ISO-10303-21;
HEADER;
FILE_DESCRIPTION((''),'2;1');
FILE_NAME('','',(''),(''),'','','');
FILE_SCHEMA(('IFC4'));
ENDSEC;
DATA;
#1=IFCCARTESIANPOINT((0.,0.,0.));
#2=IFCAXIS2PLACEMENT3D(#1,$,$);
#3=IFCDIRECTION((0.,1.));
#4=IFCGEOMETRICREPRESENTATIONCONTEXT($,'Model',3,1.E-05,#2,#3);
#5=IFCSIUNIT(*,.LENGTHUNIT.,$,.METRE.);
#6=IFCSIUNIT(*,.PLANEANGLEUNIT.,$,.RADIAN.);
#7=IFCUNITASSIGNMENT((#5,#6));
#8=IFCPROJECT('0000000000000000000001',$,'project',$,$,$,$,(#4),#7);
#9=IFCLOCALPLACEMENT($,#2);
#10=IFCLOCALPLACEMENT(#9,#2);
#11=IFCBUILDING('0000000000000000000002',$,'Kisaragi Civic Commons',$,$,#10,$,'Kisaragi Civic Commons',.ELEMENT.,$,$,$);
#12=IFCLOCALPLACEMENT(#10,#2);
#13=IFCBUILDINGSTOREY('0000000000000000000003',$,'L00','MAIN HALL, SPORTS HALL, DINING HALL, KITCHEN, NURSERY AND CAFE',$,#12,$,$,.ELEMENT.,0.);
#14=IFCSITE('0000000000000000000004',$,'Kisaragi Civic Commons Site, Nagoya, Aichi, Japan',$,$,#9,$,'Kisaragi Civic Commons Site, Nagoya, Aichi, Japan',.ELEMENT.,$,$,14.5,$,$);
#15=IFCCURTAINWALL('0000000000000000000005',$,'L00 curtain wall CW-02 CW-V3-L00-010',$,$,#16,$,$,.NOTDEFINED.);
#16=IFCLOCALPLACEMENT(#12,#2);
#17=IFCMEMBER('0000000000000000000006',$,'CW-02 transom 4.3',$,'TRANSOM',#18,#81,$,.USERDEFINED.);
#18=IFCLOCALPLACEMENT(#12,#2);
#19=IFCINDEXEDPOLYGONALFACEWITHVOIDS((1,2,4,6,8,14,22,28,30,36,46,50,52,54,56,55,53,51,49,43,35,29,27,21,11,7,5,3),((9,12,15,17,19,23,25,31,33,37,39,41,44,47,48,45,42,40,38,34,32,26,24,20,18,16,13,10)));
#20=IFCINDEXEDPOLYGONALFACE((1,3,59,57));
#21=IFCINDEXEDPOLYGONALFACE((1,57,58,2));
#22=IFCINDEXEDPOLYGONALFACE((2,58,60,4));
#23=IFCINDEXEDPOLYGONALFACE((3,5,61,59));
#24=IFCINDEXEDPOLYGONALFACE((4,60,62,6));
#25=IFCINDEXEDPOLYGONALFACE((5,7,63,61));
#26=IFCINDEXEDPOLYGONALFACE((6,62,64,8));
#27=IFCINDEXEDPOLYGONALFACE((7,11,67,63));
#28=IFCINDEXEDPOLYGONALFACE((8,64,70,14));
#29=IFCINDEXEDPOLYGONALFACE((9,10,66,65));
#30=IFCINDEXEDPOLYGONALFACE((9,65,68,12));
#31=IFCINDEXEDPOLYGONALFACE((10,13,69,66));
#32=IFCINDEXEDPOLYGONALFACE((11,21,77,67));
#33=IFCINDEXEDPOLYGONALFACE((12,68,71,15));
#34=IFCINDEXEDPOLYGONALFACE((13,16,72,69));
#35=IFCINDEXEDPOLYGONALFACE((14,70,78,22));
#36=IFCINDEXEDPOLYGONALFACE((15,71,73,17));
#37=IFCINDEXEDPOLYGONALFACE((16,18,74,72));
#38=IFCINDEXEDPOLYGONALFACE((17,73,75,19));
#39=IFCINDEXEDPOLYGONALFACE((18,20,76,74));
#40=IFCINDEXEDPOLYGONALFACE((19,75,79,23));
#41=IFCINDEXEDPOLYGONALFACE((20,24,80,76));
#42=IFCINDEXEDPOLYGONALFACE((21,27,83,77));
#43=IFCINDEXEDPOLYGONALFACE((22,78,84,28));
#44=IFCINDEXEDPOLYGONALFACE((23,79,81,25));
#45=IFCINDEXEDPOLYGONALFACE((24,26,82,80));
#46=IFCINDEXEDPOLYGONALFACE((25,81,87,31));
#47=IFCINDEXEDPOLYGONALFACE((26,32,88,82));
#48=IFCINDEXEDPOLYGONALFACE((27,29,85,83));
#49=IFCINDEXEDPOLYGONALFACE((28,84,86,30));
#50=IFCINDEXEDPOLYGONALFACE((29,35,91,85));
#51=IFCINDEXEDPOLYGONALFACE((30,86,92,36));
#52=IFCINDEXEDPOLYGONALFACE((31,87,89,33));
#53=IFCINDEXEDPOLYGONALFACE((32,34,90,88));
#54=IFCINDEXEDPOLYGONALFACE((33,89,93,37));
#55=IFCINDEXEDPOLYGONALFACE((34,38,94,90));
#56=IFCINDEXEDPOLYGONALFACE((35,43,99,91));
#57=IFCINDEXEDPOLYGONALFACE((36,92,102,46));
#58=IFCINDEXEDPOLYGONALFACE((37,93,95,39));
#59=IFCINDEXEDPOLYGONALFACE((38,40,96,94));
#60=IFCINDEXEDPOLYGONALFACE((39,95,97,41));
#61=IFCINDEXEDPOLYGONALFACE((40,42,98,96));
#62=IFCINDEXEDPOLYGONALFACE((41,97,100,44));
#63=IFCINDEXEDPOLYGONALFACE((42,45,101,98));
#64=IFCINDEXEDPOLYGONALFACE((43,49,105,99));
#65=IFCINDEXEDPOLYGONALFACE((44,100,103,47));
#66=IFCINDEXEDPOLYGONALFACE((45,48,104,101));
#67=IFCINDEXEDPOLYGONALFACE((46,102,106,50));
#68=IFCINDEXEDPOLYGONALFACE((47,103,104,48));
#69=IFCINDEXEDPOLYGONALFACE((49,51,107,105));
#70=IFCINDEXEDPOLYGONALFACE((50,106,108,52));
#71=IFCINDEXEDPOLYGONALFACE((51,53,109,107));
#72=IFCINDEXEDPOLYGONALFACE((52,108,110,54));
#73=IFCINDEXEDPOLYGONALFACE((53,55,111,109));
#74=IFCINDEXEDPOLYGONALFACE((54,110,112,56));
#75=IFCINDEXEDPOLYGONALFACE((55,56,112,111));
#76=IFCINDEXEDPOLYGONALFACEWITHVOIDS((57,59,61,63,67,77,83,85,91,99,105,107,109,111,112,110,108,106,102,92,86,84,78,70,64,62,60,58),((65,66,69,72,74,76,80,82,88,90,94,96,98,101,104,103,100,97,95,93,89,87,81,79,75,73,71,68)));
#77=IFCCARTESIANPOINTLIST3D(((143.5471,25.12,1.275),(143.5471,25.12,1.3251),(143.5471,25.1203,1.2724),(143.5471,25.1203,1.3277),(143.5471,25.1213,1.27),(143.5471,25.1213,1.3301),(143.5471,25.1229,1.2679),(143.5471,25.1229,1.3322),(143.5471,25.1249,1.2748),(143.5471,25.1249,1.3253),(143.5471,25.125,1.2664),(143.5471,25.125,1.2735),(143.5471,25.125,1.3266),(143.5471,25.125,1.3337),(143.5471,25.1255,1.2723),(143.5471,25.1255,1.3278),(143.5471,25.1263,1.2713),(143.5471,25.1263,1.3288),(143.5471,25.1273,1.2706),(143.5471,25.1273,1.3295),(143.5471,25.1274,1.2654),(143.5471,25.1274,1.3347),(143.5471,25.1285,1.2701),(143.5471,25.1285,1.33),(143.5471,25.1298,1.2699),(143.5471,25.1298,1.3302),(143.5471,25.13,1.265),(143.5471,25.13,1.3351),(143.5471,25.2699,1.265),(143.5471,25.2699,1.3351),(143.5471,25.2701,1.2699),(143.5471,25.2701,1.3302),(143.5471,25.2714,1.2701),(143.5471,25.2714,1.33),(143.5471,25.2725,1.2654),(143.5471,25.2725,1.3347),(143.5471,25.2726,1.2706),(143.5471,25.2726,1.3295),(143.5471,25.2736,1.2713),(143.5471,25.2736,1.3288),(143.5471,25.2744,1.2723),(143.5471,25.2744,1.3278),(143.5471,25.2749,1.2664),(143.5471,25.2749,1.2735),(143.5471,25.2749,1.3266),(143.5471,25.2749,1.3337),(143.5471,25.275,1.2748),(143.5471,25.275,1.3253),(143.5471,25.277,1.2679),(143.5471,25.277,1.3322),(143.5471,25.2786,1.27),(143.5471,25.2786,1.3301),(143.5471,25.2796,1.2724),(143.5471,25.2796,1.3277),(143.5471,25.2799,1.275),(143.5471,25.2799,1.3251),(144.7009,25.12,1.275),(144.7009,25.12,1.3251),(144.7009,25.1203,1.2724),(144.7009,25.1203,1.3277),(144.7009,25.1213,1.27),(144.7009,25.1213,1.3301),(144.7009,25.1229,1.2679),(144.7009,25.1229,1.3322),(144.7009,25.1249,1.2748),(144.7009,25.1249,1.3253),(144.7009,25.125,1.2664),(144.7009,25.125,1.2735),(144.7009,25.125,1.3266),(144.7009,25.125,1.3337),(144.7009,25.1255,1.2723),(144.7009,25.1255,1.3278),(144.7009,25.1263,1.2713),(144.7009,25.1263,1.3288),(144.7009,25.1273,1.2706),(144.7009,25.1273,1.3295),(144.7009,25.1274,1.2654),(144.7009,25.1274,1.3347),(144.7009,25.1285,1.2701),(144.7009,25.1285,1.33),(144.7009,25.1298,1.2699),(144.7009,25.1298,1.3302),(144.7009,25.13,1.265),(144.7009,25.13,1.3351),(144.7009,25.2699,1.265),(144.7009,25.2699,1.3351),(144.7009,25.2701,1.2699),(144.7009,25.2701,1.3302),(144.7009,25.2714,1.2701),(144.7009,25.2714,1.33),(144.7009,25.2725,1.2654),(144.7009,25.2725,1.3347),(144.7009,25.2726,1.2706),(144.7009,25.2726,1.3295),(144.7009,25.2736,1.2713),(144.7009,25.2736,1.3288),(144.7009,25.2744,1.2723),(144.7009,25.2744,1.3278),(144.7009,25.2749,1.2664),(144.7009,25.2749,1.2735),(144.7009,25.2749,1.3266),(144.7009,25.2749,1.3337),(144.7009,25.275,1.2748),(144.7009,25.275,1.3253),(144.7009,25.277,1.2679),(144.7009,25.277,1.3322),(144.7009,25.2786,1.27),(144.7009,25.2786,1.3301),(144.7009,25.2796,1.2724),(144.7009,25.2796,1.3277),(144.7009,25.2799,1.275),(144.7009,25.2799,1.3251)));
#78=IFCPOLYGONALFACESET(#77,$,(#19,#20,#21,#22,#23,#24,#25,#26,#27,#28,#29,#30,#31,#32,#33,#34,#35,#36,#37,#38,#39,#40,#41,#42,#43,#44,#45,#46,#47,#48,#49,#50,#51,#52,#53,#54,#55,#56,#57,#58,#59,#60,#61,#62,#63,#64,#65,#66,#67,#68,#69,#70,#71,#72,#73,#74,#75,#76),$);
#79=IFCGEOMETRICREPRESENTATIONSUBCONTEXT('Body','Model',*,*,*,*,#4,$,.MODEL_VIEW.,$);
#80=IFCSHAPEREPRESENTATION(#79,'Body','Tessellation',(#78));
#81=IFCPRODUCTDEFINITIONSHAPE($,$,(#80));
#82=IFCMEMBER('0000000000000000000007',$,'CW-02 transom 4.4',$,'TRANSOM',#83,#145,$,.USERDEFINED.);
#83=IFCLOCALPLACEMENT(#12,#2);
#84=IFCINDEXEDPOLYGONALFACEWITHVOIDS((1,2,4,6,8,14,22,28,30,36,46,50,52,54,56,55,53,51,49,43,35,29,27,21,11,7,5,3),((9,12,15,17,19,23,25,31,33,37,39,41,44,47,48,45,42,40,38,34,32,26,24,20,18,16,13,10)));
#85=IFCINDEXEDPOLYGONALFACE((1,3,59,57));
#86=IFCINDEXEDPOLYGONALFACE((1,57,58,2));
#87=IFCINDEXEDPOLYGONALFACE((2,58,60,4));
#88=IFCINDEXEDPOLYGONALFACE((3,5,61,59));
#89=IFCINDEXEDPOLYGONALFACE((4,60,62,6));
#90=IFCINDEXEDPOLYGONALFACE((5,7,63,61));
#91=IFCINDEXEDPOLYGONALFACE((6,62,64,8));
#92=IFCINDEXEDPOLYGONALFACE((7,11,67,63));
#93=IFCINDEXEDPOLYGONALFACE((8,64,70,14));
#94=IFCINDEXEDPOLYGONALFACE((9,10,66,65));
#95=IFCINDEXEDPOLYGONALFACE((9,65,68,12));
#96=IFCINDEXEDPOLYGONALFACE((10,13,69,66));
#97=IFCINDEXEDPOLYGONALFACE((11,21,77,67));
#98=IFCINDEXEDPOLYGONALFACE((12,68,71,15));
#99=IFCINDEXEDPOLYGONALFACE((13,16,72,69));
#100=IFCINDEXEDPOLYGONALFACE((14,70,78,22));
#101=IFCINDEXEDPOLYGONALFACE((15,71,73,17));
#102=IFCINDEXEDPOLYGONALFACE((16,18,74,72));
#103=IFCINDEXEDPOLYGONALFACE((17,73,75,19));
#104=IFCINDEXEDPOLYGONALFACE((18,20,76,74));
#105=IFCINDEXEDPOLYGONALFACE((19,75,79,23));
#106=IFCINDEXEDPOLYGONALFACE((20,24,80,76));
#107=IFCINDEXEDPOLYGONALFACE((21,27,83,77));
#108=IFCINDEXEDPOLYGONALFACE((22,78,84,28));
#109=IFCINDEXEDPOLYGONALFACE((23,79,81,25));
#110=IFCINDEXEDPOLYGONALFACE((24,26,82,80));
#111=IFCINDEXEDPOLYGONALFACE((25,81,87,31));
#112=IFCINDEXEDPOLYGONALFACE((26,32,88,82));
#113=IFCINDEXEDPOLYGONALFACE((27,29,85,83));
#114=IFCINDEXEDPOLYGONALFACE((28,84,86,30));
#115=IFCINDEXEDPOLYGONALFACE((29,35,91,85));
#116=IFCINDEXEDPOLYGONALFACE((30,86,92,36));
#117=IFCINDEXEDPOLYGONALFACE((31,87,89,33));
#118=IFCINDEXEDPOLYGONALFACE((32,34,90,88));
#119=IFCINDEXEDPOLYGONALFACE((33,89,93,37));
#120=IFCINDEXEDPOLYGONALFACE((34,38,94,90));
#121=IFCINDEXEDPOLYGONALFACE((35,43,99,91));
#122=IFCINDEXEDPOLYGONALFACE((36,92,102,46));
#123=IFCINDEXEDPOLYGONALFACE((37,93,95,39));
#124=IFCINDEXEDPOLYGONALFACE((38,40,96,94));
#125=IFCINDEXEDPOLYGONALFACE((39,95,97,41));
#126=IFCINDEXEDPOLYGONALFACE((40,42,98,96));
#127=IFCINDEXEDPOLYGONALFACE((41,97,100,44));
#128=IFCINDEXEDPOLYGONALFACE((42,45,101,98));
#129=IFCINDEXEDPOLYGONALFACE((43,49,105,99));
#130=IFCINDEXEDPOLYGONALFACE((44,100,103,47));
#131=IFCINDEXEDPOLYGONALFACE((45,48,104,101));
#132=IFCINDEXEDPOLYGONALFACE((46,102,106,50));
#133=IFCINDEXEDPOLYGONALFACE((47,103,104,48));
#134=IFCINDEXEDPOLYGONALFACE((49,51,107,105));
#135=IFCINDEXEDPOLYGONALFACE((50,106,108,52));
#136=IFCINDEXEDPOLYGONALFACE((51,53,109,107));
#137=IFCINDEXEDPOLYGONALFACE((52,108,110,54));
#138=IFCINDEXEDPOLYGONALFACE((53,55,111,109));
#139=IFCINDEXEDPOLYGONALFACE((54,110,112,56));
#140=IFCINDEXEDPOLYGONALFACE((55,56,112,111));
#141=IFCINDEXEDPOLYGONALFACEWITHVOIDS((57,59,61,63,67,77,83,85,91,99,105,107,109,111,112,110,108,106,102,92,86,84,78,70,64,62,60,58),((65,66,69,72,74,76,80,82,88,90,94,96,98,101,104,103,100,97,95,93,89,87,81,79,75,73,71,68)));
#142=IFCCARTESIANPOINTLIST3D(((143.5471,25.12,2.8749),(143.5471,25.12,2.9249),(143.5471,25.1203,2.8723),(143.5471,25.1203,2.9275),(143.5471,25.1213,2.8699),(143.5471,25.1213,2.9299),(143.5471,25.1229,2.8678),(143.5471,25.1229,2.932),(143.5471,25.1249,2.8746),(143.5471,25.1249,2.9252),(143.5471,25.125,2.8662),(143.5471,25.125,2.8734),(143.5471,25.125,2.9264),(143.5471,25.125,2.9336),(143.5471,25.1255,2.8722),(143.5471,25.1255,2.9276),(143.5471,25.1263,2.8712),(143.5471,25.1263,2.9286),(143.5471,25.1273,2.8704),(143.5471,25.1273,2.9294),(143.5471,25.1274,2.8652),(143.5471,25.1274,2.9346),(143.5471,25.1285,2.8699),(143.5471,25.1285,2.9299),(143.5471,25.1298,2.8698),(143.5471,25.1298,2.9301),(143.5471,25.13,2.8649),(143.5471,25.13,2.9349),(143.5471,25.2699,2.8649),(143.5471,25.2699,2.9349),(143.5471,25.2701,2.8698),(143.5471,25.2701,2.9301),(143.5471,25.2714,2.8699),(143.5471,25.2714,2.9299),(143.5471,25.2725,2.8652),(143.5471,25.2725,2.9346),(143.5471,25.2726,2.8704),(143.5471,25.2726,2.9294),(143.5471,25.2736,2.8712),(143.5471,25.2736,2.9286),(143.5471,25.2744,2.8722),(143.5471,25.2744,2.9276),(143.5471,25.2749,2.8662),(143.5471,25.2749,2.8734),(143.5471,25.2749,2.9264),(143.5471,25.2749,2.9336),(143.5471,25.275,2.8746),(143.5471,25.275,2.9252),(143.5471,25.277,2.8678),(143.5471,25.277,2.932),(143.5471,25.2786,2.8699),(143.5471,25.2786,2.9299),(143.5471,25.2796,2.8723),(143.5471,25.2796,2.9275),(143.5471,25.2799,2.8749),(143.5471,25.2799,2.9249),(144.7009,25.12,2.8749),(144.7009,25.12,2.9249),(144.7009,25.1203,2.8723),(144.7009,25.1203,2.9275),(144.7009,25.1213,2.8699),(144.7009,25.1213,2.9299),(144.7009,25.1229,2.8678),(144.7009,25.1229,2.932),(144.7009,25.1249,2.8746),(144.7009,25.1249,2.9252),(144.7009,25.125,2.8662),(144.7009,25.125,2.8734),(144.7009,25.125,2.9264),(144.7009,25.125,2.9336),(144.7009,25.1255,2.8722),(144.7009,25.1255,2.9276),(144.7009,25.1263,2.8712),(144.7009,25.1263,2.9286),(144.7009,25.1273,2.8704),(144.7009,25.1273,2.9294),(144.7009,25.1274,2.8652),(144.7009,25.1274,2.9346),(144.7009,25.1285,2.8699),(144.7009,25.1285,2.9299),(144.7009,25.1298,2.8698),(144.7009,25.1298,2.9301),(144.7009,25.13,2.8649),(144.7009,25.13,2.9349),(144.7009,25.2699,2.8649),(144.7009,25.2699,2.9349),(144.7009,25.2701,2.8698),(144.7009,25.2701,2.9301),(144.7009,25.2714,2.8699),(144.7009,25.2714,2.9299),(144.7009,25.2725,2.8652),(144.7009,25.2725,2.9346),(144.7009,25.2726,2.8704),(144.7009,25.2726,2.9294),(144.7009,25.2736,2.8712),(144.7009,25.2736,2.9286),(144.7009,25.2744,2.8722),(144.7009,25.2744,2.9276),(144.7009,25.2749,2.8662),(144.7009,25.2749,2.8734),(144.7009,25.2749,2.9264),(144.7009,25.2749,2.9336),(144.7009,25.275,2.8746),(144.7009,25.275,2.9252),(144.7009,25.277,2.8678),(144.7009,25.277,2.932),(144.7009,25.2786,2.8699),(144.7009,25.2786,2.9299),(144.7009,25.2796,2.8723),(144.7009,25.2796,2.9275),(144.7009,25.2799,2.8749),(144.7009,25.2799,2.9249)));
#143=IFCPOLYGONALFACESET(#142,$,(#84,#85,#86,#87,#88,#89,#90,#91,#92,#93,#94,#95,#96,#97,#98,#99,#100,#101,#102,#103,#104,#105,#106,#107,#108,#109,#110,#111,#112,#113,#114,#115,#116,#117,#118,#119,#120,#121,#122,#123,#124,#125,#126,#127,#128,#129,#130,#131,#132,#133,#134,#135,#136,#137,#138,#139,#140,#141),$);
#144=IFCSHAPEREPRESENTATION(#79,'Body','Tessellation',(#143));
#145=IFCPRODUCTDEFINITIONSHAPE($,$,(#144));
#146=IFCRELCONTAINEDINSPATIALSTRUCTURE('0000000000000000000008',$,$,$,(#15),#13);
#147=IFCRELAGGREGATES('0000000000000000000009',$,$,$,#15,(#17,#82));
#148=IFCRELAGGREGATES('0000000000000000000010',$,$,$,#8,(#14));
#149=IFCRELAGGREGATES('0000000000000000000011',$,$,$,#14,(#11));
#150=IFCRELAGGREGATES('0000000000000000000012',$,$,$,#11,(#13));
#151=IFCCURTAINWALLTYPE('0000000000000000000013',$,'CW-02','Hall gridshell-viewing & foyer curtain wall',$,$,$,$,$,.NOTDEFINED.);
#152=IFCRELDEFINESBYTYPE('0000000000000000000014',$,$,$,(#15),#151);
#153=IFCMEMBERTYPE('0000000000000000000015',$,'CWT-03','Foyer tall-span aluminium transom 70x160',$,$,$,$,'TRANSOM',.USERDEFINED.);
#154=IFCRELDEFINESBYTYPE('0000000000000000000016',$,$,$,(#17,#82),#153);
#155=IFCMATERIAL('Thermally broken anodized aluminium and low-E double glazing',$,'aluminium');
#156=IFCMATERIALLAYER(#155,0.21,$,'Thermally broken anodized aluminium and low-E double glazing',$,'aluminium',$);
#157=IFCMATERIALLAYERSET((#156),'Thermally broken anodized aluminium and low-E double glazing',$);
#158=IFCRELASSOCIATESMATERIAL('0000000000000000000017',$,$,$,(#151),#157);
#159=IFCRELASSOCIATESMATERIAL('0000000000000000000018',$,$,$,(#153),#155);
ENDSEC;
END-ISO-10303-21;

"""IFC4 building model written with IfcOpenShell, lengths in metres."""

from ifc_helpers import new_model, si_unit, direction, frame, origin, origin_2d, place, context, subcontext, project, spatial, hollow_rectangle, extrude, material, layer, layer_set, material_profile, profile_set, type_object, element, aggregate, save


model = new_model("IFC4")

# Units and contexts
model_context = context("Model", 3, precision=1e-05, world=origin(), true_north=direction((0.0, 1.0)))
body_context = subcontext(model_context, "Body", "Model", "MODEL_VIEW")
ifc_project = project(units=[si_unit("LENGTHUNIT", "METRE"), si_unit("PLANEANGLEUNIT", "RADIAN")], contexts=[model_context])

# Site, building, storey
site_placement = place(None, origin())
site = spatial("IfcSite", under=ifc_project, at=site_placement, Name="Kisaragi Civic Commons Site, Nagoya, Aichi, Japan", LongName="Kisaragi Civic Commons Site, Nagoya, Aichi, Japan", CompositionType="ELEMENT", RefElevation=14.5)
building_placement = place(site_placement, origin())
building = spatial("IfcBuilding", under=site, at=building_placement, Name="Kisaragi Civic Commons", LongName="Kisaragi Civic Commons", CompositionType="ELEMENT")
storey_placement = place(building_placement, origin())
storey = spatial("IfcBuildingStorey", under=building, at=storey_placement, Name="L00", Description="MAIN HALL, SPORTS HALL, DINING HALL, KITCHEN, NURSERY AND CAFE", CompositionType="ELEMENT", Elevation=0.0)

# Curtain wall, members
ifc_material_1 = material(Name="Thermally broken anodized aluminium and low-E double glazing", Category="aluminium")
ifc_layer_1 = layer(ifc_material_1, 0.21, Name="Thermally broken anodized aluminium and low-E double glazing", Category="aluminium")
ifc_layer_set_1 = layer_set([ifc_layer_1], Name="Thermally broken anodized aluminium and low-E double glazing")
curtain_wall_type = type_object("IfcCurtainWallType", Name="CW-02", Description="Hall gridshell-viewing & foyer curtain wall", PredefinedType="NOTDEFINED", material=ifc_layer_set_1)
curtain_wall_placement = place(storey_placement, origin())
curtain_wall = element("IfcCurtainWall", 1, at=curtain_wall_placement, inside=storey, type_object=curtain_wall_type, Name="L00 curtain wall CW-02 CW-V3-L00-010", PredefinedType="NOTDEFINED")
ifc_material_profile_1 = material_profile(ifc_material_1, hollow_rectangle(XDim=0.1599, YDim=0.0701, WallThickness=0.0049, InnerFilletRadius=0.0049, OuterFilletRadius=0.01, at=origin_2d()), Name="CWT-70x160x5", Category="aluminium")
ifc_profile_set_1 = profile_set([ifc_material_profile_1], Name="Thermally broken anodized aluminium and low-E double glazing")
member_type_1 = type_object("IfcMemberType", Name="CWT-03", Description="Foyer tall-span aluminium transom 70x160", ElementType="TRANSOM", PredefinedType="USERDEFINED", material=ifc_profile_set_1)
member_1_placement = place(storey_placement, frame((143.5471, 25.2, 1.3), z_axis=(1.0, 0.0, 0.0), x_axis=(0.0, 1.0, 0.0)))
member_1 = element("IfcMember", 2, at=member_1_placement, type_object=member_type_1, Name="CW-02 transom 4.3", ObjectType="TRANSOM", PredefinedType="USERDEFINED", context=body_context, shape_type="SweptSolid", body=[
    extrude(hollow_rectangle(XDim=0.1599, YDim=0.0701, WallThickness=0.0049, InnerFilletRadius=0.0049, OuterFilletRadius=0.01, at=origin_2d()), origin(), (0.0, 0.0, 1.0), 1.1538),
])
member_2_placement = place(storey_placement, frame((143.5471, 25.2, 2.8999), z_axis=(1.0, 0.0, 0.0), x_axis=(0.0, 1.0, 0.0)))
member_2 = element("IfcMember", 3, at=member_2_placement, type_object=member_type_1, Name="CW-02 transom 4.4", ObjectType="TRANSOM", PredefinedType="USERDEFINED", context=body_context, shape_type="SweptSolid", body=[
    extrude(hollow_rectangle(XDim=0.1599, YDim=0.0701, WallThickness=0.0049, InnerFilletRadius=0.0049, OuterFilletRadius=0.01, at=origin_2d()), origin(), (0.0, 0.0, 1.0), 1.1538),
])

aggregate(curtain_wall, [member_1, member_2])

save(model, "model.ifc")
